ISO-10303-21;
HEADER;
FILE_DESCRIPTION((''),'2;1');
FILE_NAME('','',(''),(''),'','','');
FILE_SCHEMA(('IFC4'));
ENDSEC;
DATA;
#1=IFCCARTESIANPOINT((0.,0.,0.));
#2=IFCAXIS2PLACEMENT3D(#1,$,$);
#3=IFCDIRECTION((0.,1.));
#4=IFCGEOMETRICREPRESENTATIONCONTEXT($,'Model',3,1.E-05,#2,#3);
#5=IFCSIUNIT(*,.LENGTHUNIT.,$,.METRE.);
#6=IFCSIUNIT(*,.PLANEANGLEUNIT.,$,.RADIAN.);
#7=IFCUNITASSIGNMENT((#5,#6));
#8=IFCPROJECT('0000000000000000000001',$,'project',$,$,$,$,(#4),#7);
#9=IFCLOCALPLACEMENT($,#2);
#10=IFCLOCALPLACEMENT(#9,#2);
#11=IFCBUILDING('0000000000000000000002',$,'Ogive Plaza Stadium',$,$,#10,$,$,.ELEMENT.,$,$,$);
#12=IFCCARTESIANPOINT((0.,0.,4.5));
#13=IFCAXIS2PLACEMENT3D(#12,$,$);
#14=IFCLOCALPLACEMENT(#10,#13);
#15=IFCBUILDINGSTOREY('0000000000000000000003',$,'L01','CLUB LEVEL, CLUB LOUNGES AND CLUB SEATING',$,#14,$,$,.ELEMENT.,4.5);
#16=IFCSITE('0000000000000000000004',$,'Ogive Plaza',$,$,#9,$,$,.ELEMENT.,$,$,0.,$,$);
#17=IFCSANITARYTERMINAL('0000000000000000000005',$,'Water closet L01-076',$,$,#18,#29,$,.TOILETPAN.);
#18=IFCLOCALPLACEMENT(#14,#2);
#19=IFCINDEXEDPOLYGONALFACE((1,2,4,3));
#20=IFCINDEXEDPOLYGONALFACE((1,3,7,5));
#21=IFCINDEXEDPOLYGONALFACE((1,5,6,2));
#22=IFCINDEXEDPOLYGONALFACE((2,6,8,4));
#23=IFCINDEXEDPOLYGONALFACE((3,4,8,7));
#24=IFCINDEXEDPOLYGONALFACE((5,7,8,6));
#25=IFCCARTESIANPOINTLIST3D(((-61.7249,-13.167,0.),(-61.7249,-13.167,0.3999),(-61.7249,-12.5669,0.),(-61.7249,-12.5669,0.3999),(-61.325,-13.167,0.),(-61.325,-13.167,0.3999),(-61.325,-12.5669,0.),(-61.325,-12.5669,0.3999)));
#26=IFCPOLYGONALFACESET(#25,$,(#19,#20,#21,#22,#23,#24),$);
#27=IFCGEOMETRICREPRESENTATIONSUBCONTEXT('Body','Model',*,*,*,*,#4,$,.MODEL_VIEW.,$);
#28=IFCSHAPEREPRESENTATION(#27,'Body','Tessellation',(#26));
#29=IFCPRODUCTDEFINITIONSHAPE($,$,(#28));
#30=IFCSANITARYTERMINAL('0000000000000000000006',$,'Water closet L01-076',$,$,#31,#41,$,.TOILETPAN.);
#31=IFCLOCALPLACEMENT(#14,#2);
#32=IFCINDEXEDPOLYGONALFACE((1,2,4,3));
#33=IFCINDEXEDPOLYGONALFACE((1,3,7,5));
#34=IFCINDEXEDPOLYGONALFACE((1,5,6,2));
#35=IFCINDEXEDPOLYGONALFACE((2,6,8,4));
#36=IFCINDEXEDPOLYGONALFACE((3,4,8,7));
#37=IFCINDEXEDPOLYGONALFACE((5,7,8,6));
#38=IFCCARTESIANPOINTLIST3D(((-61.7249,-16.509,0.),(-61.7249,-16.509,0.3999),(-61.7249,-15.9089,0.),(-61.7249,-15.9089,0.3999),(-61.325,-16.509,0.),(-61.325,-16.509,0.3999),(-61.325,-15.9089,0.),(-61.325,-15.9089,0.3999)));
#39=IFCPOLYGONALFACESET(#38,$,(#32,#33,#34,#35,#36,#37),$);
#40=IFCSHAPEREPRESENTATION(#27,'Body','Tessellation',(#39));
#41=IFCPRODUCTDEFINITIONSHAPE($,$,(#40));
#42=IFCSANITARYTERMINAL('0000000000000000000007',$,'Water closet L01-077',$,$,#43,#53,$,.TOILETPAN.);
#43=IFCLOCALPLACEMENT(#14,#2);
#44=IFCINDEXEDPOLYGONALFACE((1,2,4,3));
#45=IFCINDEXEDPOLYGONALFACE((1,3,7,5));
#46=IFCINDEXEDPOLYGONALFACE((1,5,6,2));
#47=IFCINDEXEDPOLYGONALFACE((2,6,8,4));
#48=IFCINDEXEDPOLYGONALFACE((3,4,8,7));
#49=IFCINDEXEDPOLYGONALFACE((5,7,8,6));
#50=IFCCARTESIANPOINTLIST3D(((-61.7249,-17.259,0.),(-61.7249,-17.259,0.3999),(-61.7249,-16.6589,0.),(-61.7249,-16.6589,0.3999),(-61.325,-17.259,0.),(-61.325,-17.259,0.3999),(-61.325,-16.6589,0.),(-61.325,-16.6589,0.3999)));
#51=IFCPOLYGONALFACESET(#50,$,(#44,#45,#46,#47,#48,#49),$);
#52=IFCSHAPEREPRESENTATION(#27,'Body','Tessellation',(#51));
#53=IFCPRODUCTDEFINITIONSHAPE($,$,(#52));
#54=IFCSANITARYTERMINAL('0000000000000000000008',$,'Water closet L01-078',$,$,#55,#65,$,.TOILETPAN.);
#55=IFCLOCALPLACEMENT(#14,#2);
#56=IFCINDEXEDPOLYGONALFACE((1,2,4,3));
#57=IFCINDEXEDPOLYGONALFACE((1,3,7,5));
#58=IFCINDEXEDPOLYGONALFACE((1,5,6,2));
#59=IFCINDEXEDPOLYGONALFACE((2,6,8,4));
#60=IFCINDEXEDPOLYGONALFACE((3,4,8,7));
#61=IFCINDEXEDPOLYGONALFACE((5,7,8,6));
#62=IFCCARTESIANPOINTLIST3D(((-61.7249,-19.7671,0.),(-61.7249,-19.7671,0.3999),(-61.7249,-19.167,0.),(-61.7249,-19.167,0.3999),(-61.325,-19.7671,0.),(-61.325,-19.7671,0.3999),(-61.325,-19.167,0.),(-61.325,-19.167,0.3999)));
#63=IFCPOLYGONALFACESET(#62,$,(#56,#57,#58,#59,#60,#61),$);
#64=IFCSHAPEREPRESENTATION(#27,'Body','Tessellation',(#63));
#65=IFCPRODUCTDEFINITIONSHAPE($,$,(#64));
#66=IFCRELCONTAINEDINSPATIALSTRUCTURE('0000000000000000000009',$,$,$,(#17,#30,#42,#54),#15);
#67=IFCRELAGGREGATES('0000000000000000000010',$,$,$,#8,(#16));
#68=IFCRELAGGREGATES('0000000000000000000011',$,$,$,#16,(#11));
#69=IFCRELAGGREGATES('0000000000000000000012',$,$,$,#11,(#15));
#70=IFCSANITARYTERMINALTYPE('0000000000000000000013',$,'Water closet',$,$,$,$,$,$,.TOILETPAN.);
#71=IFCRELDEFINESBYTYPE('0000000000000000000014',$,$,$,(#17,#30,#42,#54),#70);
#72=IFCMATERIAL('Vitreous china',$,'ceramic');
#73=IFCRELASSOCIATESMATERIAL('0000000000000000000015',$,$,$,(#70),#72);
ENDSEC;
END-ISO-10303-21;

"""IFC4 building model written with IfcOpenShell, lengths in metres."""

from ifc_helpers import new_model, si_unit, direction, frame, origin, origin_2d, place, context, subcontext, project, spatial, rectangle, extrude, material, type_object, element, save


model = new_model("IFC4")

# Units and contexts
model_context = context("Model", 3, precision=1e-05, world=origin(), true_north=direction((0.0, 1.0)))
body_context = subcontext(model_context, "Body", "Model", "MODEL_VIEW")
ifc_project = project(units=[si_unit("LENGTHUNIT", "METRE"), si_unit("PLANEANGLEUNIT", "RADIAN")], contexts=[model_context])

# Site, building, storey
site_placement = place(None, origin())
site = spatial("IfcSite", under=ifc_project, at=site_placement, Name="Ogive Plaza", CompositionType="ELEMENT", RefElevation=0.0)
building_placement = place(site_placement, origin())
building = spatial("IfcBuilding", under=site, at=building_placement, Name="Ogive Plaza Stadium", CompositionType="ELEMENT")
storey_placement = place(building_placement, frame((0.0, 0.0, 4.5)))
storey = spatial("IfcBuildingStorey", under=building, at=storey_placement, Name="L01", Description="CLUB LEVEL, CLUB LOUNGES AND CLUB SEATING", CompositionType="ELEMENT", Elevation=4.5)

# Sanitary terminals
ifc_material_1 = material(Name="Vitreous china", Category="ceramic")
sanitary_terminal_type_1 = type_object("IfcSanitaryTerminalType", Name="Water closet", PredefinedType="TOILETPAN", material=ifc_material_1)
for number, where, z_axis, x_axis, name in (
    (1, (-61.5249, -12.8669, 0.0), (0.0, 0.0, 1.0), (-1.0, 0.0, 0.0), "Water closet L01-076"),
    (2, (-61.5249, -16.209, 0.0), (0.0, 0.0, 1.0), (-1.0, 0.0, 0.0), "Water closet L01-076"),
    (3, (-61.5249, -16.959, 0.0), (0.0, 0.0, 1.0), (-1.0, 0.0, 0.0), "Water closet L01-077"),
    (4, (-61.5249, -19.467, 0.0), (0.0, 0.0, 1.0), (-1.0, 0.0, 0.0), "Water closet L01-078"),
):
    element("IfcSanitaryTerminal", number, at=place(storey_placement, frame(where, z_axis=z_axis, x_axis=x_axis)), inside=storey, type_object=sanitary_terminal_type_1, Name=name, PredefinedType="TOILETPAN", context=body_context, shape_type="SweptSolid", body=[
        extrude(rectangle(XDim=0.3999, YDim=0.6001, at=origin_2d()), origin(), (0.0, 0.0, 1.0), 0.3999),
    ])

save(model, "model.ifc")
